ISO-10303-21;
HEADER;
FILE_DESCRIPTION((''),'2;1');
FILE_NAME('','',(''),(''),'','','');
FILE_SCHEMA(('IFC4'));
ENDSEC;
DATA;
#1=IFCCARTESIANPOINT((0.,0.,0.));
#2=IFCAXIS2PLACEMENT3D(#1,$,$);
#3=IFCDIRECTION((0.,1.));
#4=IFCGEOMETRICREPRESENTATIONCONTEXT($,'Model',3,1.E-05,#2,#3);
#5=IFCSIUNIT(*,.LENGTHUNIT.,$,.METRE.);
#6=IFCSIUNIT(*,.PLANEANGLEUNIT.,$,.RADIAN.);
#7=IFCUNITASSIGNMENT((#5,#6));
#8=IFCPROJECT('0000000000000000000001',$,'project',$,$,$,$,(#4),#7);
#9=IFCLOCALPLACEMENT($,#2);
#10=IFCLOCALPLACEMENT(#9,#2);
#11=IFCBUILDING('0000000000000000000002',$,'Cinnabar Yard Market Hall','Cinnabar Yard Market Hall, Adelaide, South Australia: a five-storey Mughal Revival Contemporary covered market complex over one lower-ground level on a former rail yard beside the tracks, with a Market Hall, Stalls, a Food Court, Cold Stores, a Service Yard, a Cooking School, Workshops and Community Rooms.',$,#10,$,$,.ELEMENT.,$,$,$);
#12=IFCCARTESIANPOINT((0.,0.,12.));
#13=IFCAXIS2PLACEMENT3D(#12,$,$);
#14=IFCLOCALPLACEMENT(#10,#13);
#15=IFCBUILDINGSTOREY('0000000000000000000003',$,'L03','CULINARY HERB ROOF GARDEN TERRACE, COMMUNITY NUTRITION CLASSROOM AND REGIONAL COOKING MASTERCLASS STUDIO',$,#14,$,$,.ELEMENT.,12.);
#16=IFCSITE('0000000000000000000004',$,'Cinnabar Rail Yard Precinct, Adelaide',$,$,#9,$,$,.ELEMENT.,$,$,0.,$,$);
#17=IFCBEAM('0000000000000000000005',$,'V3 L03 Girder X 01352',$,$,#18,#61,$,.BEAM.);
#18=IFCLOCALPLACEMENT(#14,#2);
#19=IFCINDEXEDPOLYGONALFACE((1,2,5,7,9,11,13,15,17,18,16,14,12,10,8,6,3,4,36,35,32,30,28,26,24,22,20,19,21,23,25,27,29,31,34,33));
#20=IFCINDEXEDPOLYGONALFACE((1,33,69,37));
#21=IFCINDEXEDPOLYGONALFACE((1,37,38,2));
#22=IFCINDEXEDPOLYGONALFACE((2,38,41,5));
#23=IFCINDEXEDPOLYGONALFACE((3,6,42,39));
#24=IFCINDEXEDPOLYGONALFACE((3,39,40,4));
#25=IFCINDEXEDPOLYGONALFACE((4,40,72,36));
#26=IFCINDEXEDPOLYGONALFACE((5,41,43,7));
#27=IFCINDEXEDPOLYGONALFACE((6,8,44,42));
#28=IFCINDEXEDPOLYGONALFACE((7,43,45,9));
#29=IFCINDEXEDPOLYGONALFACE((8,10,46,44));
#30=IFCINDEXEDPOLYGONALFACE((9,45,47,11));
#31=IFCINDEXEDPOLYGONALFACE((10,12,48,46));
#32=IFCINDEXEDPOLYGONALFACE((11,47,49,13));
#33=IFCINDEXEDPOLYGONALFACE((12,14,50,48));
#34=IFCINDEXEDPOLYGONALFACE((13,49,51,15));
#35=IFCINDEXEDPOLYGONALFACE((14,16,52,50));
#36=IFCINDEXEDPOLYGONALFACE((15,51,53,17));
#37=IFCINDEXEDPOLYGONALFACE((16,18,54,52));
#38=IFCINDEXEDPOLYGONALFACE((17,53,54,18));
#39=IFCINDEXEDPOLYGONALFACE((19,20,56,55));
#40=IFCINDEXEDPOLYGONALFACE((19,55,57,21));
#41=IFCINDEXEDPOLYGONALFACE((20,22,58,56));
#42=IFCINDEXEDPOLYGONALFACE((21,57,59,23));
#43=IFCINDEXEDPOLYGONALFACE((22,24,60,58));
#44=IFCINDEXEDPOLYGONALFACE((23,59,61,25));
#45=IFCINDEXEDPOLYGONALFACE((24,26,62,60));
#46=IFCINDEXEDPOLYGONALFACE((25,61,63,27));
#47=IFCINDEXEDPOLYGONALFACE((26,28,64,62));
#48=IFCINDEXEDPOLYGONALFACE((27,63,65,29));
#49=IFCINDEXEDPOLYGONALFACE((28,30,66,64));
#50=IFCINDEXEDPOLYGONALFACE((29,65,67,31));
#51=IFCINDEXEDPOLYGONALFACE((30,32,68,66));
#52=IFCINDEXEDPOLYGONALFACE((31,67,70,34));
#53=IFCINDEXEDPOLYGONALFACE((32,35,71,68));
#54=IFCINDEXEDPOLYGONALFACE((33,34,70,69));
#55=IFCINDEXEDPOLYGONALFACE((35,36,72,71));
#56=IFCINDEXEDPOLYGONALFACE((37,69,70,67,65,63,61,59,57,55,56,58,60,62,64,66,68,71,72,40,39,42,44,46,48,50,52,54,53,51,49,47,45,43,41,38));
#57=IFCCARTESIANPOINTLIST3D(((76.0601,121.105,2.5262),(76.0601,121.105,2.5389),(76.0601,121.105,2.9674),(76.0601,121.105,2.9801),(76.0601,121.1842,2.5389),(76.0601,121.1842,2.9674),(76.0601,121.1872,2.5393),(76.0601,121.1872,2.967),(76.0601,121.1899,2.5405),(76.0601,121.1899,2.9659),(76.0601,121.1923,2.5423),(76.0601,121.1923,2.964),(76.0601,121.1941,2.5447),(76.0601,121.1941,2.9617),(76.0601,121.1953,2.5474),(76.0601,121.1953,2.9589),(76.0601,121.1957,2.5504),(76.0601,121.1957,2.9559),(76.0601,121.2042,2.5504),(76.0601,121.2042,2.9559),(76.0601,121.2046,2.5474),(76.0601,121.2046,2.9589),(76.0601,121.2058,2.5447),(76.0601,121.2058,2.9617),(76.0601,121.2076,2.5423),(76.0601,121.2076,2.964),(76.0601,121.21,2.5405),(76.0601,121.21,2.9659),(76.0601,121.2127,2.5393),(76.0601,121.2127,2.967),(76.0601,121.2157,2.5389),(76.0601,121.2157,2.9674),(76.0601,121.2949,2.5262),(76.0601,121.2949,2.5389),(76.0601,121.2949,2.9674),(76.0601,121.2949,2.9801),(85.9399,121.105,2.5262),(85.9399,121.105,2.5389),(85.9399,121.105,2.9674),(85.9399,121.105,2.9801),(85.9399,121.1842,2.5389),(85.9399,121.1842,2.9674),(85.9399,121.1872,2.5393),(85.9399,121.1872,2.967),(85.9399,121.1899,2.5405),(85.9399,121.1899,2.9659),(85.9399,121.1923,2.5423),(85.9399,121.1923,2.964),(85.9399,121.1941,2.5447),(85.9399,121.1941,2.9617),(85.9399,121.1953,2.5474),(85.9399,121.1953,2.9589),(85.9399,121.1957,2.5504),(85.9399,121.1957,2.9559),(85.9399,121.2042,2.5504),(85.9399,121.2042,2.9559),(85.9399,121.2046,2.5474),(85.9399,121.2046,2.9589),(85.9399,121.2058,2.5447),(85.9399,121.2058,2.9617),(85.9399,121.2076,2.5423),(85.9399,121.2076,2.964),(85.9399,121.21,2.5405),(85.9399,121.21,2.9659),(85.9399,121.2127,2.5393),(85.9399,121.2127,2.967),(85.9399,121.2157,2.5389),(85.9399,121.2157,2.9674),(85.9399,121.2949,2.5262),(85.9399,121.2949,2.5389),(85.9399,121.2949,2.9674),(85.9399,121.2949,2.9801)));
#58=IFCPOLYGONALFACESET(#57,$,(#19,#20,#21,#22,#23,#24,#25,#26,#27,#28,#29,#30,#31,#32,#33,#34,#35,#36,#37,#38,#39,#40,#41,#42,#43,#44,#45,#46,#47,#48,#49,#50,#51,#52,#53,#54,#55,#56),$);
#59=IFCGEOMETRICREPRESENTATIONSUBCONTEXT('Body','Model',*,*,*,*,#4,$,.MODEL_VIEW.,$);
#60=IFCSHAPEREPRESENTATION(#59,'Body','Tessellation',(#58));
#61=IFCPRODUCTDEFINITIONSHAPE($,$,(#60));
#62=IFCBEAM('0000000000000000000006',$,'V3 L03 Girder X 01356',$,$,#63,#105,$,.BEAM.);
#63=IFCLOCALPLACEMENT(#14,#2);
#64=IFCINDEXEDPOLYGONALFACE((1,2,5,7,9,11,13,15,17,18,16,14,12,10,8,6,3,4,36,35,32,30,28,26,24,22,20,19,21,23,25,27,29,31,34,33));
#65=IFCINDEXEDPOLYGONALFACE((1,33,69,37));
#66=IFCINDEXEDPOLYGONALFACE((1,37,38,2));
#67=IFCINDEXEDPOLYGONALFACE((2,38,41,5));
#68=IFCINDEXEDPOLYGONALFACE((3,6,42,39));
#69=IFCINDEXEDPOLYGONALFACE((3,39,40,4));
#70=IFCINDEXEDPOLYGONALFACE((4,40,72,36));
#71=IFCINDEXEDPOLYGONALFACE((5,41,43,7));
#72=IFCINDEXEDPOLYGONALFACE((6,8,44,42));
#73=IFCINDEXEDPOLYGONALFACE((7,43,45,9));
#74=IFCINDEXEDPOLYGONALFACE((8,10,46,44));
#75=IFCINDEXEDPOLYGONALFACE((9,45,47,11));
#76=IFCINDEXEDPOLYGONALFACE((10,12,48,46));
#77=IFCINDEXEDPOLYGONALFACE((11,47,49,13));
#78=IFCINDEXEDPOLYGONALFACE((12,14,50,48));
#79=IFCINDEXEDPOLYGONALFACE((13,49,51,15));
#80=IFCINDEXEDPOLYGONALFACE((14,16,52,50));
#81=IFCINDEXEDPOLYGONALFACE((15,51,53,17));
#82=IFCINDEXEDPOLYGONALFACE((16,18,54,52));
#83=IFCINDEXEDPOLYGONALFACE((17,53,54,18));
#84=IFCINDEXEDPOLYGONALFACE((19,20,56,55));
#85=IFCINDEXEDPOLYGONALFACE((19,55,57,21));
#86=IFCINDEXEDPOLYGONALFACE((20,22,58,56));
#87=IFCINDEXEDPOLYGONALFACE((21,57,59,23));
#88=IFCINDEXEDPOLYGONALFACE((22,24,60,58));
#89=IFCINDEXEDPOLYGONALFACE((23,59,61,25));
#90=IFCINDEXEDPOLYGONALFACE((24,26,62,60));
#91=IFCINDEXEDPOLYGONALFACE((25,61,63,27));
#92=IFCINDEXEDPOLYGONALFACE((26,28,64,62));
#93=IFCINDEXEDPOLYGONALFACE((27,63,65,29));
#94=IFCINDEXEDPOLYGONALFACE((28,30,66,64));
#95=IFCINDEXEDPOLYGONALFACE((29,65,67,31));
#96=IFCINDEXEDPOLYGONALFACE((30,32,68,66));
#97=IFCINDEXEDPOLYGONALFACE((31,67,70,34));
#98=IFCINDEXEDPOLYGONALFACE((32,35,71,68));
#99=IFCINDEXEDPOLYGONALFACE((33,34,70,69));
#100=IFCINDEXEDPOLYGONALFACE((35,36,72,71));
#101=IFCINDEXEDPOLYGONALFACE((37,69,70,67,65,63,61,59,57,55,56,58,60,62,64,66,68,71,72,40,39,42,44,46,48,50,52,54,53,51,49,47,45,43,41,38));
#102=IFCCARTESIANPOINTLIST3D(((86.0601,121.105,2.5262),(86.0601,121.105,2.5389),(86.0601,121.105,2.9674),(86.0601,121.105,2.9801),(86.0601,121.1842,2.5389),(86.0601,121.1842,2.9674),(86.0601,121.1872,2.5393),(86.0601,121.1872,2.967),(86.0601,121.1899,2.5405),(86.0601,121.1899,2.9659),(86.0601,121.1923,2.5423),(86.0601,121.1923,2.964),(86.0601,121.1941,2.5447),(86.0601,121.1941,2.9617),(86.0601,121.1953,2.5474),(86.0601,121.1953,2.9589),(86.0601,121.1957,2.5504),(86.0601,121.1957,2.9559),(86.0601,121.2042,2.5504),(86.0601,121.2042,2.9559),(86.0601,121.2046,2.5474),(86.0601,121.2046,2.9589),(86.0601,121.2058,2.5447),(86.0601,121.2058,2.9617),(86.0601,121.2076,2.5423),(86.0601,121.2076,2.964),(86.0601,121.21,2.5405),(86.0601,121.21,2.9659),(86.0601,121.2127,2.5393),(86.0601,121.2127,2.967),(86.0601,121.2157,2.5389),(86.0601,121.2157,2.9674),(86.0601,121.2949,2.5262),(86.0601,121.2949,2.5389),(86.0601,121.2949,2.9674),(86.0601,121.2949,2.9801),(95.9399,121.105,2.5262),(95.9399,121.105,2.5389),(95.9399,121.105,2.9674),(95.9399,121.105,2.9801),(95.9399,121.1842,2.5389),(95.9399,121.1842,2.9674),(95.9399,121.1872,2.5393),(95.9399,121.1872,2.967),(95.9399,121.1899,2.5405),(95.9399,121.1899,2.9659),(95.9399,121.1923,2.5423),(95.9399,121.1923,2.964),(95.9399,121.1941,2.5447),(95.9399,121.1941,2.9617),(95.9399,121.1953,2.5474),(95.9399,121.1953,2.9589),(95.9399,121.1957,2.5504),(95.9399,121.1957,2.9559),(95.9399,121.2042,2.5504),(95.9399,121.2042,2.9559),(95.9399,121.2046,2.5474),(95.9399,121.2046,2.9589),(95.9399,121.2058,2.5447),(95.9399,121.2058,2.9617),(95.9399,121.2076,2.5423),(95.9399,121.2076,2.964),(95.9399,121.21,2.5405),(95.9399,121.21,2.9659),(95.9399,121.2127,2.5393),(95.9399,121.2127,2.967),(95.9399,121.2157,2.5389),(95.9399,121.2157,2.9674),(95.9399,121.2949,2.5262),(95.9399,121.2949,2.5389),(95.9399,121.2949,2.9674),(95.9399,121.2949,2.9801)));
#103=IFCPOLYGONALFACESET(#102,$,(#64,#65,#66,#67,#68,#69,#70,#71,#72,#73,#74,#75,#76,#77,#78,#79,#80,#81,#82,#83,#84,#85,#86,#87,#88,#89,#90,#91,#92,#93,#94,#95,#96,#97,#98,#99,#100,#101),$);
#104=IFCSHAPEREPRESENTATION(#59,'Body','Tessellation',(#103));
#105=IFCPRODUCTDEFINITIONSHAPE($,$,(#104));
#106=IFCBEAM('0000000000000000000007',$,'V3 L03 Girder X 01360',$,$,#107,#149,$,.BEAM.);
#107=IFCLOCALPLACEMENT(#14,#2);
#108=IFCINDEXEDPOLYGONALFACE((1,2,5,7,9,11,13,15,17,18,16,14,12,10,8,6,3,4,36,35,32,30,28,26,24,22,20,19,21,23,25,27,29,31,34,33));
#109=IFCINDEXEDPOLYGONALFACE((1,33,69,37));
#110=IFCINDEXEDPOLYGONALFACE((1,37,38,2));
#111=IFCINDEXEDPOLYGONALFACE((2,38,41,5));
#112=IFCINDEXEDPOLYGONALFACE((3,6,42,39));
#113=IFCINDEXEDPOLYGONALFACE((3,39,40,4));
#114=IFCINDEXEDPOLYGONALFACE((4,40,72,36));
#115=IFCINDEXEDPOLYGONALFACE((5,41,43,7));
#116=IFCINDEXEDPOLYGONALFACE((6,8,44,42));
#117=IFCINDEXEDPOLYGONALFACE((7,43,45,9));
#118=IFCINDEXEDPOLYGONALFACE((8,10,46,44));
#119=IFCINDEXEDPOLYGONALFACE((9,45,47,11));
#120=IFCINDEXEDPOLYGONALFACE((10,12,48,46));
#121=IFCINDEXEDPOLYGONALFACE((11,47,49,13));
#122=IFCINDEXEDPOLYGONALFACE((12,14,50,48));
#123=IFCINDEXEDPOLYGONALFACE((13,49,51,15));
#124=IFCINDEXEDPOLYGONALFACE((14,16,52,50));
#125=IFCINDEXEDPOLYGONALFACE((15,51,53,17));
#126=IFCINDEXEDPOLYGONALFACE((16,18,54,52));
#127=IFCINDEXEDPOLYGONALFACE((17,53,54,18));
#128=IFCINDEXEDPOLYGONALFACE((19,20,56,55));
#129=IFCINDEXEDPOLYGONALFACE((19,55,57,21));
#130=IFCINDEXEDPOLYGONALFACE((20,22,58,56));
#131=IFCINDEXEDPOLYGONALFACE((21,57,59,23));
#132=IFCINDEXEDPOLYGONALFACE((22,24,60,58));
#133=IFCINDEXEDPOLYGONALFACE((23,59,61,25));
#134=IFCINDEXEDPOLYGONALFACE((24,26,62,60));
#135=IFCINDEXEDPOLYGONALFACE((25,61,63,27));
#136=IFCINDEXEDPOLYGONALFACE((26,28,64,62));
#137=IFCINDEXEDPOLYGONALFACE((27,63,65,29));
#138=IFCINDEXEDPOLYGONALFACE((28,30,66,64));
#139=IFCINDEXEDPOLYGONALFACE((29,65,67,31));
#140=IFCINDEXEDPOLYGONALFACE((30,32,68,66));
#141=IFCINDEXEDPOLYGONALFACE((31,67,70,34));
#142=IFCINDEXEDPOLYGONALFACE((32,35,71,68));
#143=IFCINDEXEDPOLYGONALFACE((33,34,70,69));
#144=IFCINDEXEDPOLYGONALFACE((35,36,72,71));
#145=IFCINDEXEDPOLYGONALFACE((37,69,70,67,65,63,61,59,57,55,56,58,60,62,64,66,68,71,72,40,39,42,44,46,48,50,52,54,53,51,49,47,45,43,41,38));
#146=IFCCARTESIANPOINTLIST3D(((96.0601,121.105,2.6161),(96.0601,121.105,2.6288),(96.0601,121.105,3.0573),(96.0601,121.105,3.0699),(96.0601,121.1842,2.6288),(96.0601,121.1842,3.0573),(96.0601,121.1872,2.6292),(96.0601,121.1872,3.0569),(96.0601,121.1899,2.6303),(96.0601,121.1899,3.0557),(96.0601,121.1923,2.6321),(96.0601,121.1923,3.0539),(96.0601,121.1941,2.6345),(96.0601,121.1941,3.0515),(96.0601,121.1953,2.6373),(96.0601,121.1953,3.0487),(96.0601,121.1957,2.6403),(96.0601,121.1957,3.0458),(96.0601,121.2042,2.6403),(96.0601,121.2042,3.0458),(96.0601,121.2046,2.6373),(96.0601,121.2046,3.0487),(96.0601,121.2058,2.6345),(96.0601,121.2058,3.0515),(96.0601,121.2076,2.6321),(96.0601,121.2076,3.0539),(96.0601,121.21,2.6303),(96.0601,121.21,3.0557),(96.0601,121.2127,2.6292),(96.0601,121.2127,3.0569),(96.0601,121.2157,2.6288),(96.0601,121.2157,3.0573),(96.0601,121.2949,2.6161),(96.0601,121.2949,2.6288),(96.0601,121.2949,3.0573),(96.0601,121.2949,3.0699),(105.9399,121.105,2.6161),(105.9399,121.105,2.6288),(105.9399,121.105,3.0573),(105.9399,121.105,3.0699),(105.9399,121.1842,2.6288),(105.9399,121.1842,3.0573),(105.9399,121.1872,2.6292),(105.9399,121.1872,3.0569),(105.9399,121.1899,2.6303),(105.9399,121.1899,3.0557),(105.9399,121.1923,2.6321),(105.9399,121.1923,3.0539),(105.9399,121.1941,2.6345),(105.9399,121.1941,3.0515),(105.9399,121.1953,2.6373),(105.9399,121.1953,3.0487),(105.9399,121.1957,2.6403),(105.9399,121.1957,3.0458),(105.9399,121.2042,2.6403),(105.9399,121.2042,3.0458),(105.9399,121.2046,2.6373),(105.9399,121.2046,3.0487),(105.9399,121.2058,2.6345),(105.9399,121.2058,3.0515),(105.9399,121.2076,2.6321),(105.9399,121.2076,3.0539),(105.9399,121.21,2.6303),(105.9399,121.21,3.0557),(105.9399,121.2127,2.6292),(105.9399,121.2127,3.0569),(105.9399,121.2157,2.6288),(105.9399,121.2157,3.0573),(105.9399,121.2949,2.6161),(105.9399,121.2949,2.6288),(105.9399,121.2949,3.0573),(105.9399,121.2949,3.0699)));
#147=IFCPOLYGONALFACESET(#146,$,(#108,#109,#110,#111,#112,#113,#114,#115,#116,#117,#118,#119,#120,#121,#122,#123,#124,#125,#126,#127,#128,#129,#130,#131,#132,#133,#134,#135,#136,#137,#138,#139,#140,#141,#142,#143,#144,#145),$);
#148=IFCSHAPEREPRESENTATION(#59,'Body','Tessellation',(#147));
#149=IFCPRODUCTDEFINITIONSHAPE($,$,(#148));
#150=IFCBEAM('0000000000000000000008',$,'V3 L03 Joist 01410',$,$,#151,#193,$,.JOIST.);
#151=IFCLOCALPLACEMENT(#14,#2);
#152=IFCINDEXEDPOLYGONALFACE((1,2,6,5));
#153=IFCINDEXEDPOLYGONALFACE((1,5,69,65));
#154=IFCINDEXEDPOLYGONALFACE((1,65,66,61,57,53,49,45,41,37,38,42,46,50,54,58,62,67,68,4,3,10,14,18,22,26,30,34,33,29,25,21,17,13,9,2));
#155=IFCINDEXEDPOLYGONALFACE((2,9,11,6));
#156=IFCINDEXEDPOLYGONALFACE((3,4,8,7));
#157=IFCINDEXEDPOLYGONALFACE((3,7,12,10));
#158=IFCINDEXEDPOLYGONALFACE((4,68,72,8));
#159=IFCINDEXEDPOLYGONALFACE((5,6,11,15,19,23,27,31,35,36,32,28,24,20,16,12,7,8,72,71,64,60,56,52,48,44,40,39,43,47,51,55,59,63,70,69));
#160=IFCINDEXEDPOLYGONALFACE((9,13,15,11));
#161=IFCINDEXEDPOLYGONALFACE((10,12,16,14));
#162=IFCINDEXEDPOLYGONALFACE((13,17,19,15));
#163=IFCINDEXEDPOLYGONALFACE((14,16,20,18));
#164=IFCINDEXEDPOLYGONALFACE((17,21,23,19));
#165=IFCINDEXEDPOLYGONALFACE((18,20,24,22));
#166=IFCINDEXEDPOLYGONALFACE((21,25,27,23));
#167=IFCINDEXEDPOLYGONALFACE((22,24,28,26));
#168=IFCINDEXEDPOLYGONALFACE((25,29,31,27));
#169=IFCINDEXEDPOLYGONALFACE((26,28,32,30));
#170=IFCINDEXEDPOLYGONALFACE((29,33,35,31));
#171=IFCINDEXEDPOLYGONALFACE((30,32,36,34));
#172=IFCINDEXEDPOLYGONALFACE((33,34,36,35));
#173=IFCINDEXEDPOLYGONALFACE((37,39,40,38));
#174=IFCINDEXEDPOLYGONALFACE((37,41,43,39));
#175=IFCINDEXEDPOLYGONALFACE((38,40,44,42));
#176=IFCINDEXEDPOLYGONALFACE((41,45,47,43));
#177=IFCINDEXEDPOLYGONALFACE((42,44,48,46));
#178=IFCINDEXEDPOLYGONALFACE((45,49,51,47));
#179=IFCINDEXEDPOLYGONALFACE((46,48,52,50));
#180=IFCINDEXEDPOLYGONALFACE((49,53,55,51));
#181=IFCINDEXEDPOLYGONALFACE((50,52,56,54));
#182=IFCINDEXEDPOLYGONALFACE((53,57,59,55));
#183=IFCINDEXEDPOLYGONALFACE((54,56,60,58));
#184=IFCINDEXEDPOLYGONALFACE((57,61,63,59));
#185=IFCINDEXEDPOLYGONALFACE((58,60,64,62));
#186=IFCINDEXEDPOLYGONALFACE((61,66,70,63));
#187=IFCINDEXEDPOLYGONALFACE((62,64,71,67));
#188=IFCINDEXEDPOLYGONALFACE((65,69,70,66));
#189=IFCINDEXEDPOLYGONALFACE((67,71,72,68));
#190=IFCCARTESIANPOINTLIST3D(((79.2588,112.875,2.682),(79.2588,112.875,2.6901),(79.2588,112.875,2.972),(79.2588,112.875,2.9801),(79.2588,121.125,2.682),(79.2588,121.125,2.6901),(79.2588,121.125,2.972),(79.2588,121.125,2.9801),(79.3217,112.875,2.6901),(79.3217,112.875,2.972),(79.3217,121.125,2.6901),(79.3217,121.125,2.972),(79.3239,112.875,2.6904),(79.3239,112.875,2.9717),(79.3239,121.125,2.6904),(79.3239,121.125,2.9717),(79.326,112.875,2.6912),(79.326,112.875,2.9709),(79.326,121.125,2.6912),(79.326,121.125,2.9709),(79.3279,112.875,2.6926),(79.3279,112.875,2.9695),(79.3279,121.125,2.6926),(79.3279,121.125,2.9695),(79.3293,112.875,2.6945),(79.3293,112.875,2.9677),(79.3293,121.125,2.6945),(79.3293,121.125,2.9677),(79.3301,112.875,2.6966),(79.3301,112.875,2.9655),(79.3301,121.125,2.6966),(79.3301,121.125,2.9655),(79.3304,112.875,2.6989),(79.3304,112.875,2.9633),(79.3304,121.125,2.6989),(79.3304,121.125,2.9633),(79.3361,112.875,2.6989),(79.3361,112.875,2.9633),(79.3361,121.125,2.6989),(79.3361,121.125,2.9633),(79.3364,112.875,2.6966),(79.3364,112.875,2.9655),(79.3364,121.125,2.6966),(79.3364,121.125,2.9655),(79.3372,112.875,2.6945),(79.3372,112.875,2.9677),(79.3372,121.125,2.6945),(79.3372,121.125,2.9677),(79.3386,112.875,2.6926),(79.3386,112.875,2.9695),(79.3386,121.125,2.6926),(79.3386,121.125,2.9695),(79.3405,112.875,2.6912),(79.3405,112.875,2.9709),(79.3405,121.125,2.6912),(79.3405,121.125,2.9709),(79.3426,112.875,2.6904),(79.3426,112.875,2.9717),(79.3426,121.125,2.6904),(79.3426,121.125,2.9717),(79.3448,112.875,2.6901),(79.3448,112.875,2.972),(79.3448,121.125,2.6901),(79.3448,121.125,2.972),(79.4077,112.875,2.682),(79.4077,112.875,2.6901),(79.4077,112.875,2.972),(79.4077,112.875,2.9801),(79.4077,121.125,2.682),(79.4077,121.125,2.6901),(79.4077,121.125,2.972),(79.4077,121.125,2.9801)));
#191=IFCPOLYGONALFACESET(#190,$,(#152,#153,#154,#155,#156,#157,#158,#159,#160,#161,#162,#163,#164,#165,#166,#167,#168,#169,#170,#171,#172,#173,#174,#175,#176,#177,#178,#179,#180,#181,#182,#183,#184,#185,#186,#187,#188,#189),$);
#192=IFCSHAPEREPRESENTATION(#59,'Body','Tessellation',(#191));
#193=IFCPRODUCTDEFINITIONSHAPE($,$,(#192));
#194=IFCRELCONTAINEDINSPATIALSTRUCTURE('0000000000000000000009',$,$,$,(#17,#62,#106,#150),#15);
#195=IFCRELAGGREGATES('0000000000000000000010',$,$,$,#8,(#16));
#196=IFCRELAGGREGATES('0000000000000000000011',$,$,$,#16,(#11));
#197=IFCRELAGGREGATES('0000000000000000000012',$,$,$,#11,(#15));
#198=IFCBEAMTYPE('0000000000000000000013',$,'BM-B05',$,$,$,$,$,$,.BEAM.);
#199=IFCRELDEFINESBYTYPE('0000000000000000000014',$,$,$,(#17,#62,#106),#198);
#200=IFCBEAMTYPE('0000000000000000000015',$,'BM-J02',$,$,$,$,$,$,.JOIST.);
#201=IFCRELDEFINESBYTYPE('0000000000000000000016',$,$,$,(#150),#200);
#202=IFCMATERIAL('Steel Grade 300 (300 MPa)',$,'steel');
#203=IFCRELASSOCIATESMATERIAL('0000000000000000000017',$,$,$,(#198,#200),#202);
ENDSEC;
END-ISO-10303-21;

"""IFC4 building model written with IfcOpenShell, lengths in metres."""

from ifc_helpers import new_model, si_unit, direction, frame, origin, origin_2d_with_axis, place, context, subcontext, project, spatial, i_section, extrude, material, material_profile, profile_set, type_object, element, save


model = new_model("IFC4")

# Units and contexts
model_context = context("Model", 3, precision=1e-05, world=origin(), true_north=direction((0.0, 1.0)))
body_context = subcontext(model_context, "Body", "Model", "MODEL_VIEW")
ifc_project = project(units=[si_unit("LENGTHUNIT", "METRE"), si_unit("PLANEANGLEUNIT", "RADIAN")], contexts=[model_context])

# Site, building, storey
site_placement = place(None, origin())
site = spatial("IfcSite", under=ifc_project, at=site_placement, Name="Cinnabar Rail Yard Precinct, Adelaide", CompositionType="ELEMENT", RefElevation=0.0)
building_placement = place(site_placement, origin())
building = spatial("IfcBuilding", under=site, at=building_placement, Name="Cinnabar Yard Market Hall", Description="Cinnabar Yard Market Hall, Adelaide, South Australia: a five-storey Mughal Revival Contemporary covered market complex over one lower-ground level on a former rail yard beside the tracks, with a Market Hall, Stalls, a Food Court, Cold Stores, a Service Yard, a Cooking School, Workshops and Community Rooms.", CompositionType="ELEMENT")
storey_placement = place(building_placement, frame((0.0, 0.0, 12.0)))
storey = spatial("IfcBuildingStorey", under=building, at=storey_placement, Name="L03", Description="CULINARY HERB ROOF GARDEN TERRACE, COMMUNITY NUTRITION CLASSROOM AND REGIONAL COOKING MASTERCLASS STUDIO", CompositionType="ELEMENT", Elevation=12.0)

# Shared definitions
ifc_material_1 = material(Name="Steel Grade 300 (300 MPa)", Category="steel")

# Beams
ifc_material_profile_1 = material_profile(ifc_material_1, i_section(OverallWidth=0.1899, OverallDepth=0.4539, WebThickness=0.0085, FlangeThickness=0.0127, FilletRadius=0.0115, at=origin_2d_with_axis()), Name="460UB67.1")
ifc_profile_set_1 = profile_set([ifc_material_profile_1], Name="Steel Grade 300 (300 MPa)")
beam_type_1 = type_object("IfcBeamType", Name="BM-B05", PredefinedType="BEAM", material=ifc_profile_set_1)
for number, where, z_axis, x_axis, name in (
    (1, (76.0601, 121.2, 2.7532), (1.0, 0.0, 0.0), (0.0, 1.0, 0.0), "V3 L03 Girder X 01352"),
    (2, (86.0601, 121.2, 2.7532), (1.0, 0.0, 0.0), (0.0, 1.0, 0.0), "V3 L03 Girder X 01356"),
    (3, (96.0601, 121.2, 2.843), (1.0, 0.0, 0.0), (0.0, 1.0, 0.0), "V3 L03 Girder X 01360"),
):
    element("IfcBeam", number, at=place(storey_placement, frame(where, z_axis=z_axis, x_axis=x_axis)), inside=storey, type_object=beam_type_1, Name=name, PredefinedType="BEAM", context=body_context, shape_type="SweptSolid", body=[
        extrude(i_section(OverallWidth=0.1899, OverallDepth=0.4539, WebThickness=0.0085, FlangeThickness=0.0127, FilletRadius=0.0115, at=origin_2d_with_axis()), origin(), (0.0, 0.0, 1.0), 9.8799),
    ])
ifc_material_profile_2 = material_profile(ifc_material_1, i_section(OverallWidth=0.1489, OverallDepth=0.2981, WebThickness=0.0056, FlangeThickness=0.0081, FilletRadius=0.0088, at=origin_2d_with_axis()), Name="310UB32.0")
ifc_profile_set_2 = profile_set([ifc_material_profile_2], Name="Steel Grade 300 (300 MPa)")
beam_type_2 = type_object("IfcBeamType", Name="BM-J02", PredefinedType="JOIST", material=ifc_profile_set_2)
for number, where, z_axis, x_axis, name in (
    (4, (79.3333, 112.875, 2.8311), (0.0, 1.0, 0.0), (-1.0, 0.0, 0.0), "V3 L03 Joist 01410"),
):
    element("IfcBeam", number, at=place(storey_placement, frame(where, z_axis=z_axis, x_axis=x_axis)), inside=storey, type_object=beam_type_2, Name=name, PredefinedType="JOIST", context=body_context, shape_type="SweptSolid", body=[
        extrude(i_section(OverallWidth=0.1489, OverallDepth=0.2981, WebThickness=0.0056, FlangeThickness=0.0081, FilletRadius=0.0088, at=origin_2d_with_axis()), origin(), (0.0, 0.0, 1.0), 8.25),
    ])

save(model, "model.ifc")
